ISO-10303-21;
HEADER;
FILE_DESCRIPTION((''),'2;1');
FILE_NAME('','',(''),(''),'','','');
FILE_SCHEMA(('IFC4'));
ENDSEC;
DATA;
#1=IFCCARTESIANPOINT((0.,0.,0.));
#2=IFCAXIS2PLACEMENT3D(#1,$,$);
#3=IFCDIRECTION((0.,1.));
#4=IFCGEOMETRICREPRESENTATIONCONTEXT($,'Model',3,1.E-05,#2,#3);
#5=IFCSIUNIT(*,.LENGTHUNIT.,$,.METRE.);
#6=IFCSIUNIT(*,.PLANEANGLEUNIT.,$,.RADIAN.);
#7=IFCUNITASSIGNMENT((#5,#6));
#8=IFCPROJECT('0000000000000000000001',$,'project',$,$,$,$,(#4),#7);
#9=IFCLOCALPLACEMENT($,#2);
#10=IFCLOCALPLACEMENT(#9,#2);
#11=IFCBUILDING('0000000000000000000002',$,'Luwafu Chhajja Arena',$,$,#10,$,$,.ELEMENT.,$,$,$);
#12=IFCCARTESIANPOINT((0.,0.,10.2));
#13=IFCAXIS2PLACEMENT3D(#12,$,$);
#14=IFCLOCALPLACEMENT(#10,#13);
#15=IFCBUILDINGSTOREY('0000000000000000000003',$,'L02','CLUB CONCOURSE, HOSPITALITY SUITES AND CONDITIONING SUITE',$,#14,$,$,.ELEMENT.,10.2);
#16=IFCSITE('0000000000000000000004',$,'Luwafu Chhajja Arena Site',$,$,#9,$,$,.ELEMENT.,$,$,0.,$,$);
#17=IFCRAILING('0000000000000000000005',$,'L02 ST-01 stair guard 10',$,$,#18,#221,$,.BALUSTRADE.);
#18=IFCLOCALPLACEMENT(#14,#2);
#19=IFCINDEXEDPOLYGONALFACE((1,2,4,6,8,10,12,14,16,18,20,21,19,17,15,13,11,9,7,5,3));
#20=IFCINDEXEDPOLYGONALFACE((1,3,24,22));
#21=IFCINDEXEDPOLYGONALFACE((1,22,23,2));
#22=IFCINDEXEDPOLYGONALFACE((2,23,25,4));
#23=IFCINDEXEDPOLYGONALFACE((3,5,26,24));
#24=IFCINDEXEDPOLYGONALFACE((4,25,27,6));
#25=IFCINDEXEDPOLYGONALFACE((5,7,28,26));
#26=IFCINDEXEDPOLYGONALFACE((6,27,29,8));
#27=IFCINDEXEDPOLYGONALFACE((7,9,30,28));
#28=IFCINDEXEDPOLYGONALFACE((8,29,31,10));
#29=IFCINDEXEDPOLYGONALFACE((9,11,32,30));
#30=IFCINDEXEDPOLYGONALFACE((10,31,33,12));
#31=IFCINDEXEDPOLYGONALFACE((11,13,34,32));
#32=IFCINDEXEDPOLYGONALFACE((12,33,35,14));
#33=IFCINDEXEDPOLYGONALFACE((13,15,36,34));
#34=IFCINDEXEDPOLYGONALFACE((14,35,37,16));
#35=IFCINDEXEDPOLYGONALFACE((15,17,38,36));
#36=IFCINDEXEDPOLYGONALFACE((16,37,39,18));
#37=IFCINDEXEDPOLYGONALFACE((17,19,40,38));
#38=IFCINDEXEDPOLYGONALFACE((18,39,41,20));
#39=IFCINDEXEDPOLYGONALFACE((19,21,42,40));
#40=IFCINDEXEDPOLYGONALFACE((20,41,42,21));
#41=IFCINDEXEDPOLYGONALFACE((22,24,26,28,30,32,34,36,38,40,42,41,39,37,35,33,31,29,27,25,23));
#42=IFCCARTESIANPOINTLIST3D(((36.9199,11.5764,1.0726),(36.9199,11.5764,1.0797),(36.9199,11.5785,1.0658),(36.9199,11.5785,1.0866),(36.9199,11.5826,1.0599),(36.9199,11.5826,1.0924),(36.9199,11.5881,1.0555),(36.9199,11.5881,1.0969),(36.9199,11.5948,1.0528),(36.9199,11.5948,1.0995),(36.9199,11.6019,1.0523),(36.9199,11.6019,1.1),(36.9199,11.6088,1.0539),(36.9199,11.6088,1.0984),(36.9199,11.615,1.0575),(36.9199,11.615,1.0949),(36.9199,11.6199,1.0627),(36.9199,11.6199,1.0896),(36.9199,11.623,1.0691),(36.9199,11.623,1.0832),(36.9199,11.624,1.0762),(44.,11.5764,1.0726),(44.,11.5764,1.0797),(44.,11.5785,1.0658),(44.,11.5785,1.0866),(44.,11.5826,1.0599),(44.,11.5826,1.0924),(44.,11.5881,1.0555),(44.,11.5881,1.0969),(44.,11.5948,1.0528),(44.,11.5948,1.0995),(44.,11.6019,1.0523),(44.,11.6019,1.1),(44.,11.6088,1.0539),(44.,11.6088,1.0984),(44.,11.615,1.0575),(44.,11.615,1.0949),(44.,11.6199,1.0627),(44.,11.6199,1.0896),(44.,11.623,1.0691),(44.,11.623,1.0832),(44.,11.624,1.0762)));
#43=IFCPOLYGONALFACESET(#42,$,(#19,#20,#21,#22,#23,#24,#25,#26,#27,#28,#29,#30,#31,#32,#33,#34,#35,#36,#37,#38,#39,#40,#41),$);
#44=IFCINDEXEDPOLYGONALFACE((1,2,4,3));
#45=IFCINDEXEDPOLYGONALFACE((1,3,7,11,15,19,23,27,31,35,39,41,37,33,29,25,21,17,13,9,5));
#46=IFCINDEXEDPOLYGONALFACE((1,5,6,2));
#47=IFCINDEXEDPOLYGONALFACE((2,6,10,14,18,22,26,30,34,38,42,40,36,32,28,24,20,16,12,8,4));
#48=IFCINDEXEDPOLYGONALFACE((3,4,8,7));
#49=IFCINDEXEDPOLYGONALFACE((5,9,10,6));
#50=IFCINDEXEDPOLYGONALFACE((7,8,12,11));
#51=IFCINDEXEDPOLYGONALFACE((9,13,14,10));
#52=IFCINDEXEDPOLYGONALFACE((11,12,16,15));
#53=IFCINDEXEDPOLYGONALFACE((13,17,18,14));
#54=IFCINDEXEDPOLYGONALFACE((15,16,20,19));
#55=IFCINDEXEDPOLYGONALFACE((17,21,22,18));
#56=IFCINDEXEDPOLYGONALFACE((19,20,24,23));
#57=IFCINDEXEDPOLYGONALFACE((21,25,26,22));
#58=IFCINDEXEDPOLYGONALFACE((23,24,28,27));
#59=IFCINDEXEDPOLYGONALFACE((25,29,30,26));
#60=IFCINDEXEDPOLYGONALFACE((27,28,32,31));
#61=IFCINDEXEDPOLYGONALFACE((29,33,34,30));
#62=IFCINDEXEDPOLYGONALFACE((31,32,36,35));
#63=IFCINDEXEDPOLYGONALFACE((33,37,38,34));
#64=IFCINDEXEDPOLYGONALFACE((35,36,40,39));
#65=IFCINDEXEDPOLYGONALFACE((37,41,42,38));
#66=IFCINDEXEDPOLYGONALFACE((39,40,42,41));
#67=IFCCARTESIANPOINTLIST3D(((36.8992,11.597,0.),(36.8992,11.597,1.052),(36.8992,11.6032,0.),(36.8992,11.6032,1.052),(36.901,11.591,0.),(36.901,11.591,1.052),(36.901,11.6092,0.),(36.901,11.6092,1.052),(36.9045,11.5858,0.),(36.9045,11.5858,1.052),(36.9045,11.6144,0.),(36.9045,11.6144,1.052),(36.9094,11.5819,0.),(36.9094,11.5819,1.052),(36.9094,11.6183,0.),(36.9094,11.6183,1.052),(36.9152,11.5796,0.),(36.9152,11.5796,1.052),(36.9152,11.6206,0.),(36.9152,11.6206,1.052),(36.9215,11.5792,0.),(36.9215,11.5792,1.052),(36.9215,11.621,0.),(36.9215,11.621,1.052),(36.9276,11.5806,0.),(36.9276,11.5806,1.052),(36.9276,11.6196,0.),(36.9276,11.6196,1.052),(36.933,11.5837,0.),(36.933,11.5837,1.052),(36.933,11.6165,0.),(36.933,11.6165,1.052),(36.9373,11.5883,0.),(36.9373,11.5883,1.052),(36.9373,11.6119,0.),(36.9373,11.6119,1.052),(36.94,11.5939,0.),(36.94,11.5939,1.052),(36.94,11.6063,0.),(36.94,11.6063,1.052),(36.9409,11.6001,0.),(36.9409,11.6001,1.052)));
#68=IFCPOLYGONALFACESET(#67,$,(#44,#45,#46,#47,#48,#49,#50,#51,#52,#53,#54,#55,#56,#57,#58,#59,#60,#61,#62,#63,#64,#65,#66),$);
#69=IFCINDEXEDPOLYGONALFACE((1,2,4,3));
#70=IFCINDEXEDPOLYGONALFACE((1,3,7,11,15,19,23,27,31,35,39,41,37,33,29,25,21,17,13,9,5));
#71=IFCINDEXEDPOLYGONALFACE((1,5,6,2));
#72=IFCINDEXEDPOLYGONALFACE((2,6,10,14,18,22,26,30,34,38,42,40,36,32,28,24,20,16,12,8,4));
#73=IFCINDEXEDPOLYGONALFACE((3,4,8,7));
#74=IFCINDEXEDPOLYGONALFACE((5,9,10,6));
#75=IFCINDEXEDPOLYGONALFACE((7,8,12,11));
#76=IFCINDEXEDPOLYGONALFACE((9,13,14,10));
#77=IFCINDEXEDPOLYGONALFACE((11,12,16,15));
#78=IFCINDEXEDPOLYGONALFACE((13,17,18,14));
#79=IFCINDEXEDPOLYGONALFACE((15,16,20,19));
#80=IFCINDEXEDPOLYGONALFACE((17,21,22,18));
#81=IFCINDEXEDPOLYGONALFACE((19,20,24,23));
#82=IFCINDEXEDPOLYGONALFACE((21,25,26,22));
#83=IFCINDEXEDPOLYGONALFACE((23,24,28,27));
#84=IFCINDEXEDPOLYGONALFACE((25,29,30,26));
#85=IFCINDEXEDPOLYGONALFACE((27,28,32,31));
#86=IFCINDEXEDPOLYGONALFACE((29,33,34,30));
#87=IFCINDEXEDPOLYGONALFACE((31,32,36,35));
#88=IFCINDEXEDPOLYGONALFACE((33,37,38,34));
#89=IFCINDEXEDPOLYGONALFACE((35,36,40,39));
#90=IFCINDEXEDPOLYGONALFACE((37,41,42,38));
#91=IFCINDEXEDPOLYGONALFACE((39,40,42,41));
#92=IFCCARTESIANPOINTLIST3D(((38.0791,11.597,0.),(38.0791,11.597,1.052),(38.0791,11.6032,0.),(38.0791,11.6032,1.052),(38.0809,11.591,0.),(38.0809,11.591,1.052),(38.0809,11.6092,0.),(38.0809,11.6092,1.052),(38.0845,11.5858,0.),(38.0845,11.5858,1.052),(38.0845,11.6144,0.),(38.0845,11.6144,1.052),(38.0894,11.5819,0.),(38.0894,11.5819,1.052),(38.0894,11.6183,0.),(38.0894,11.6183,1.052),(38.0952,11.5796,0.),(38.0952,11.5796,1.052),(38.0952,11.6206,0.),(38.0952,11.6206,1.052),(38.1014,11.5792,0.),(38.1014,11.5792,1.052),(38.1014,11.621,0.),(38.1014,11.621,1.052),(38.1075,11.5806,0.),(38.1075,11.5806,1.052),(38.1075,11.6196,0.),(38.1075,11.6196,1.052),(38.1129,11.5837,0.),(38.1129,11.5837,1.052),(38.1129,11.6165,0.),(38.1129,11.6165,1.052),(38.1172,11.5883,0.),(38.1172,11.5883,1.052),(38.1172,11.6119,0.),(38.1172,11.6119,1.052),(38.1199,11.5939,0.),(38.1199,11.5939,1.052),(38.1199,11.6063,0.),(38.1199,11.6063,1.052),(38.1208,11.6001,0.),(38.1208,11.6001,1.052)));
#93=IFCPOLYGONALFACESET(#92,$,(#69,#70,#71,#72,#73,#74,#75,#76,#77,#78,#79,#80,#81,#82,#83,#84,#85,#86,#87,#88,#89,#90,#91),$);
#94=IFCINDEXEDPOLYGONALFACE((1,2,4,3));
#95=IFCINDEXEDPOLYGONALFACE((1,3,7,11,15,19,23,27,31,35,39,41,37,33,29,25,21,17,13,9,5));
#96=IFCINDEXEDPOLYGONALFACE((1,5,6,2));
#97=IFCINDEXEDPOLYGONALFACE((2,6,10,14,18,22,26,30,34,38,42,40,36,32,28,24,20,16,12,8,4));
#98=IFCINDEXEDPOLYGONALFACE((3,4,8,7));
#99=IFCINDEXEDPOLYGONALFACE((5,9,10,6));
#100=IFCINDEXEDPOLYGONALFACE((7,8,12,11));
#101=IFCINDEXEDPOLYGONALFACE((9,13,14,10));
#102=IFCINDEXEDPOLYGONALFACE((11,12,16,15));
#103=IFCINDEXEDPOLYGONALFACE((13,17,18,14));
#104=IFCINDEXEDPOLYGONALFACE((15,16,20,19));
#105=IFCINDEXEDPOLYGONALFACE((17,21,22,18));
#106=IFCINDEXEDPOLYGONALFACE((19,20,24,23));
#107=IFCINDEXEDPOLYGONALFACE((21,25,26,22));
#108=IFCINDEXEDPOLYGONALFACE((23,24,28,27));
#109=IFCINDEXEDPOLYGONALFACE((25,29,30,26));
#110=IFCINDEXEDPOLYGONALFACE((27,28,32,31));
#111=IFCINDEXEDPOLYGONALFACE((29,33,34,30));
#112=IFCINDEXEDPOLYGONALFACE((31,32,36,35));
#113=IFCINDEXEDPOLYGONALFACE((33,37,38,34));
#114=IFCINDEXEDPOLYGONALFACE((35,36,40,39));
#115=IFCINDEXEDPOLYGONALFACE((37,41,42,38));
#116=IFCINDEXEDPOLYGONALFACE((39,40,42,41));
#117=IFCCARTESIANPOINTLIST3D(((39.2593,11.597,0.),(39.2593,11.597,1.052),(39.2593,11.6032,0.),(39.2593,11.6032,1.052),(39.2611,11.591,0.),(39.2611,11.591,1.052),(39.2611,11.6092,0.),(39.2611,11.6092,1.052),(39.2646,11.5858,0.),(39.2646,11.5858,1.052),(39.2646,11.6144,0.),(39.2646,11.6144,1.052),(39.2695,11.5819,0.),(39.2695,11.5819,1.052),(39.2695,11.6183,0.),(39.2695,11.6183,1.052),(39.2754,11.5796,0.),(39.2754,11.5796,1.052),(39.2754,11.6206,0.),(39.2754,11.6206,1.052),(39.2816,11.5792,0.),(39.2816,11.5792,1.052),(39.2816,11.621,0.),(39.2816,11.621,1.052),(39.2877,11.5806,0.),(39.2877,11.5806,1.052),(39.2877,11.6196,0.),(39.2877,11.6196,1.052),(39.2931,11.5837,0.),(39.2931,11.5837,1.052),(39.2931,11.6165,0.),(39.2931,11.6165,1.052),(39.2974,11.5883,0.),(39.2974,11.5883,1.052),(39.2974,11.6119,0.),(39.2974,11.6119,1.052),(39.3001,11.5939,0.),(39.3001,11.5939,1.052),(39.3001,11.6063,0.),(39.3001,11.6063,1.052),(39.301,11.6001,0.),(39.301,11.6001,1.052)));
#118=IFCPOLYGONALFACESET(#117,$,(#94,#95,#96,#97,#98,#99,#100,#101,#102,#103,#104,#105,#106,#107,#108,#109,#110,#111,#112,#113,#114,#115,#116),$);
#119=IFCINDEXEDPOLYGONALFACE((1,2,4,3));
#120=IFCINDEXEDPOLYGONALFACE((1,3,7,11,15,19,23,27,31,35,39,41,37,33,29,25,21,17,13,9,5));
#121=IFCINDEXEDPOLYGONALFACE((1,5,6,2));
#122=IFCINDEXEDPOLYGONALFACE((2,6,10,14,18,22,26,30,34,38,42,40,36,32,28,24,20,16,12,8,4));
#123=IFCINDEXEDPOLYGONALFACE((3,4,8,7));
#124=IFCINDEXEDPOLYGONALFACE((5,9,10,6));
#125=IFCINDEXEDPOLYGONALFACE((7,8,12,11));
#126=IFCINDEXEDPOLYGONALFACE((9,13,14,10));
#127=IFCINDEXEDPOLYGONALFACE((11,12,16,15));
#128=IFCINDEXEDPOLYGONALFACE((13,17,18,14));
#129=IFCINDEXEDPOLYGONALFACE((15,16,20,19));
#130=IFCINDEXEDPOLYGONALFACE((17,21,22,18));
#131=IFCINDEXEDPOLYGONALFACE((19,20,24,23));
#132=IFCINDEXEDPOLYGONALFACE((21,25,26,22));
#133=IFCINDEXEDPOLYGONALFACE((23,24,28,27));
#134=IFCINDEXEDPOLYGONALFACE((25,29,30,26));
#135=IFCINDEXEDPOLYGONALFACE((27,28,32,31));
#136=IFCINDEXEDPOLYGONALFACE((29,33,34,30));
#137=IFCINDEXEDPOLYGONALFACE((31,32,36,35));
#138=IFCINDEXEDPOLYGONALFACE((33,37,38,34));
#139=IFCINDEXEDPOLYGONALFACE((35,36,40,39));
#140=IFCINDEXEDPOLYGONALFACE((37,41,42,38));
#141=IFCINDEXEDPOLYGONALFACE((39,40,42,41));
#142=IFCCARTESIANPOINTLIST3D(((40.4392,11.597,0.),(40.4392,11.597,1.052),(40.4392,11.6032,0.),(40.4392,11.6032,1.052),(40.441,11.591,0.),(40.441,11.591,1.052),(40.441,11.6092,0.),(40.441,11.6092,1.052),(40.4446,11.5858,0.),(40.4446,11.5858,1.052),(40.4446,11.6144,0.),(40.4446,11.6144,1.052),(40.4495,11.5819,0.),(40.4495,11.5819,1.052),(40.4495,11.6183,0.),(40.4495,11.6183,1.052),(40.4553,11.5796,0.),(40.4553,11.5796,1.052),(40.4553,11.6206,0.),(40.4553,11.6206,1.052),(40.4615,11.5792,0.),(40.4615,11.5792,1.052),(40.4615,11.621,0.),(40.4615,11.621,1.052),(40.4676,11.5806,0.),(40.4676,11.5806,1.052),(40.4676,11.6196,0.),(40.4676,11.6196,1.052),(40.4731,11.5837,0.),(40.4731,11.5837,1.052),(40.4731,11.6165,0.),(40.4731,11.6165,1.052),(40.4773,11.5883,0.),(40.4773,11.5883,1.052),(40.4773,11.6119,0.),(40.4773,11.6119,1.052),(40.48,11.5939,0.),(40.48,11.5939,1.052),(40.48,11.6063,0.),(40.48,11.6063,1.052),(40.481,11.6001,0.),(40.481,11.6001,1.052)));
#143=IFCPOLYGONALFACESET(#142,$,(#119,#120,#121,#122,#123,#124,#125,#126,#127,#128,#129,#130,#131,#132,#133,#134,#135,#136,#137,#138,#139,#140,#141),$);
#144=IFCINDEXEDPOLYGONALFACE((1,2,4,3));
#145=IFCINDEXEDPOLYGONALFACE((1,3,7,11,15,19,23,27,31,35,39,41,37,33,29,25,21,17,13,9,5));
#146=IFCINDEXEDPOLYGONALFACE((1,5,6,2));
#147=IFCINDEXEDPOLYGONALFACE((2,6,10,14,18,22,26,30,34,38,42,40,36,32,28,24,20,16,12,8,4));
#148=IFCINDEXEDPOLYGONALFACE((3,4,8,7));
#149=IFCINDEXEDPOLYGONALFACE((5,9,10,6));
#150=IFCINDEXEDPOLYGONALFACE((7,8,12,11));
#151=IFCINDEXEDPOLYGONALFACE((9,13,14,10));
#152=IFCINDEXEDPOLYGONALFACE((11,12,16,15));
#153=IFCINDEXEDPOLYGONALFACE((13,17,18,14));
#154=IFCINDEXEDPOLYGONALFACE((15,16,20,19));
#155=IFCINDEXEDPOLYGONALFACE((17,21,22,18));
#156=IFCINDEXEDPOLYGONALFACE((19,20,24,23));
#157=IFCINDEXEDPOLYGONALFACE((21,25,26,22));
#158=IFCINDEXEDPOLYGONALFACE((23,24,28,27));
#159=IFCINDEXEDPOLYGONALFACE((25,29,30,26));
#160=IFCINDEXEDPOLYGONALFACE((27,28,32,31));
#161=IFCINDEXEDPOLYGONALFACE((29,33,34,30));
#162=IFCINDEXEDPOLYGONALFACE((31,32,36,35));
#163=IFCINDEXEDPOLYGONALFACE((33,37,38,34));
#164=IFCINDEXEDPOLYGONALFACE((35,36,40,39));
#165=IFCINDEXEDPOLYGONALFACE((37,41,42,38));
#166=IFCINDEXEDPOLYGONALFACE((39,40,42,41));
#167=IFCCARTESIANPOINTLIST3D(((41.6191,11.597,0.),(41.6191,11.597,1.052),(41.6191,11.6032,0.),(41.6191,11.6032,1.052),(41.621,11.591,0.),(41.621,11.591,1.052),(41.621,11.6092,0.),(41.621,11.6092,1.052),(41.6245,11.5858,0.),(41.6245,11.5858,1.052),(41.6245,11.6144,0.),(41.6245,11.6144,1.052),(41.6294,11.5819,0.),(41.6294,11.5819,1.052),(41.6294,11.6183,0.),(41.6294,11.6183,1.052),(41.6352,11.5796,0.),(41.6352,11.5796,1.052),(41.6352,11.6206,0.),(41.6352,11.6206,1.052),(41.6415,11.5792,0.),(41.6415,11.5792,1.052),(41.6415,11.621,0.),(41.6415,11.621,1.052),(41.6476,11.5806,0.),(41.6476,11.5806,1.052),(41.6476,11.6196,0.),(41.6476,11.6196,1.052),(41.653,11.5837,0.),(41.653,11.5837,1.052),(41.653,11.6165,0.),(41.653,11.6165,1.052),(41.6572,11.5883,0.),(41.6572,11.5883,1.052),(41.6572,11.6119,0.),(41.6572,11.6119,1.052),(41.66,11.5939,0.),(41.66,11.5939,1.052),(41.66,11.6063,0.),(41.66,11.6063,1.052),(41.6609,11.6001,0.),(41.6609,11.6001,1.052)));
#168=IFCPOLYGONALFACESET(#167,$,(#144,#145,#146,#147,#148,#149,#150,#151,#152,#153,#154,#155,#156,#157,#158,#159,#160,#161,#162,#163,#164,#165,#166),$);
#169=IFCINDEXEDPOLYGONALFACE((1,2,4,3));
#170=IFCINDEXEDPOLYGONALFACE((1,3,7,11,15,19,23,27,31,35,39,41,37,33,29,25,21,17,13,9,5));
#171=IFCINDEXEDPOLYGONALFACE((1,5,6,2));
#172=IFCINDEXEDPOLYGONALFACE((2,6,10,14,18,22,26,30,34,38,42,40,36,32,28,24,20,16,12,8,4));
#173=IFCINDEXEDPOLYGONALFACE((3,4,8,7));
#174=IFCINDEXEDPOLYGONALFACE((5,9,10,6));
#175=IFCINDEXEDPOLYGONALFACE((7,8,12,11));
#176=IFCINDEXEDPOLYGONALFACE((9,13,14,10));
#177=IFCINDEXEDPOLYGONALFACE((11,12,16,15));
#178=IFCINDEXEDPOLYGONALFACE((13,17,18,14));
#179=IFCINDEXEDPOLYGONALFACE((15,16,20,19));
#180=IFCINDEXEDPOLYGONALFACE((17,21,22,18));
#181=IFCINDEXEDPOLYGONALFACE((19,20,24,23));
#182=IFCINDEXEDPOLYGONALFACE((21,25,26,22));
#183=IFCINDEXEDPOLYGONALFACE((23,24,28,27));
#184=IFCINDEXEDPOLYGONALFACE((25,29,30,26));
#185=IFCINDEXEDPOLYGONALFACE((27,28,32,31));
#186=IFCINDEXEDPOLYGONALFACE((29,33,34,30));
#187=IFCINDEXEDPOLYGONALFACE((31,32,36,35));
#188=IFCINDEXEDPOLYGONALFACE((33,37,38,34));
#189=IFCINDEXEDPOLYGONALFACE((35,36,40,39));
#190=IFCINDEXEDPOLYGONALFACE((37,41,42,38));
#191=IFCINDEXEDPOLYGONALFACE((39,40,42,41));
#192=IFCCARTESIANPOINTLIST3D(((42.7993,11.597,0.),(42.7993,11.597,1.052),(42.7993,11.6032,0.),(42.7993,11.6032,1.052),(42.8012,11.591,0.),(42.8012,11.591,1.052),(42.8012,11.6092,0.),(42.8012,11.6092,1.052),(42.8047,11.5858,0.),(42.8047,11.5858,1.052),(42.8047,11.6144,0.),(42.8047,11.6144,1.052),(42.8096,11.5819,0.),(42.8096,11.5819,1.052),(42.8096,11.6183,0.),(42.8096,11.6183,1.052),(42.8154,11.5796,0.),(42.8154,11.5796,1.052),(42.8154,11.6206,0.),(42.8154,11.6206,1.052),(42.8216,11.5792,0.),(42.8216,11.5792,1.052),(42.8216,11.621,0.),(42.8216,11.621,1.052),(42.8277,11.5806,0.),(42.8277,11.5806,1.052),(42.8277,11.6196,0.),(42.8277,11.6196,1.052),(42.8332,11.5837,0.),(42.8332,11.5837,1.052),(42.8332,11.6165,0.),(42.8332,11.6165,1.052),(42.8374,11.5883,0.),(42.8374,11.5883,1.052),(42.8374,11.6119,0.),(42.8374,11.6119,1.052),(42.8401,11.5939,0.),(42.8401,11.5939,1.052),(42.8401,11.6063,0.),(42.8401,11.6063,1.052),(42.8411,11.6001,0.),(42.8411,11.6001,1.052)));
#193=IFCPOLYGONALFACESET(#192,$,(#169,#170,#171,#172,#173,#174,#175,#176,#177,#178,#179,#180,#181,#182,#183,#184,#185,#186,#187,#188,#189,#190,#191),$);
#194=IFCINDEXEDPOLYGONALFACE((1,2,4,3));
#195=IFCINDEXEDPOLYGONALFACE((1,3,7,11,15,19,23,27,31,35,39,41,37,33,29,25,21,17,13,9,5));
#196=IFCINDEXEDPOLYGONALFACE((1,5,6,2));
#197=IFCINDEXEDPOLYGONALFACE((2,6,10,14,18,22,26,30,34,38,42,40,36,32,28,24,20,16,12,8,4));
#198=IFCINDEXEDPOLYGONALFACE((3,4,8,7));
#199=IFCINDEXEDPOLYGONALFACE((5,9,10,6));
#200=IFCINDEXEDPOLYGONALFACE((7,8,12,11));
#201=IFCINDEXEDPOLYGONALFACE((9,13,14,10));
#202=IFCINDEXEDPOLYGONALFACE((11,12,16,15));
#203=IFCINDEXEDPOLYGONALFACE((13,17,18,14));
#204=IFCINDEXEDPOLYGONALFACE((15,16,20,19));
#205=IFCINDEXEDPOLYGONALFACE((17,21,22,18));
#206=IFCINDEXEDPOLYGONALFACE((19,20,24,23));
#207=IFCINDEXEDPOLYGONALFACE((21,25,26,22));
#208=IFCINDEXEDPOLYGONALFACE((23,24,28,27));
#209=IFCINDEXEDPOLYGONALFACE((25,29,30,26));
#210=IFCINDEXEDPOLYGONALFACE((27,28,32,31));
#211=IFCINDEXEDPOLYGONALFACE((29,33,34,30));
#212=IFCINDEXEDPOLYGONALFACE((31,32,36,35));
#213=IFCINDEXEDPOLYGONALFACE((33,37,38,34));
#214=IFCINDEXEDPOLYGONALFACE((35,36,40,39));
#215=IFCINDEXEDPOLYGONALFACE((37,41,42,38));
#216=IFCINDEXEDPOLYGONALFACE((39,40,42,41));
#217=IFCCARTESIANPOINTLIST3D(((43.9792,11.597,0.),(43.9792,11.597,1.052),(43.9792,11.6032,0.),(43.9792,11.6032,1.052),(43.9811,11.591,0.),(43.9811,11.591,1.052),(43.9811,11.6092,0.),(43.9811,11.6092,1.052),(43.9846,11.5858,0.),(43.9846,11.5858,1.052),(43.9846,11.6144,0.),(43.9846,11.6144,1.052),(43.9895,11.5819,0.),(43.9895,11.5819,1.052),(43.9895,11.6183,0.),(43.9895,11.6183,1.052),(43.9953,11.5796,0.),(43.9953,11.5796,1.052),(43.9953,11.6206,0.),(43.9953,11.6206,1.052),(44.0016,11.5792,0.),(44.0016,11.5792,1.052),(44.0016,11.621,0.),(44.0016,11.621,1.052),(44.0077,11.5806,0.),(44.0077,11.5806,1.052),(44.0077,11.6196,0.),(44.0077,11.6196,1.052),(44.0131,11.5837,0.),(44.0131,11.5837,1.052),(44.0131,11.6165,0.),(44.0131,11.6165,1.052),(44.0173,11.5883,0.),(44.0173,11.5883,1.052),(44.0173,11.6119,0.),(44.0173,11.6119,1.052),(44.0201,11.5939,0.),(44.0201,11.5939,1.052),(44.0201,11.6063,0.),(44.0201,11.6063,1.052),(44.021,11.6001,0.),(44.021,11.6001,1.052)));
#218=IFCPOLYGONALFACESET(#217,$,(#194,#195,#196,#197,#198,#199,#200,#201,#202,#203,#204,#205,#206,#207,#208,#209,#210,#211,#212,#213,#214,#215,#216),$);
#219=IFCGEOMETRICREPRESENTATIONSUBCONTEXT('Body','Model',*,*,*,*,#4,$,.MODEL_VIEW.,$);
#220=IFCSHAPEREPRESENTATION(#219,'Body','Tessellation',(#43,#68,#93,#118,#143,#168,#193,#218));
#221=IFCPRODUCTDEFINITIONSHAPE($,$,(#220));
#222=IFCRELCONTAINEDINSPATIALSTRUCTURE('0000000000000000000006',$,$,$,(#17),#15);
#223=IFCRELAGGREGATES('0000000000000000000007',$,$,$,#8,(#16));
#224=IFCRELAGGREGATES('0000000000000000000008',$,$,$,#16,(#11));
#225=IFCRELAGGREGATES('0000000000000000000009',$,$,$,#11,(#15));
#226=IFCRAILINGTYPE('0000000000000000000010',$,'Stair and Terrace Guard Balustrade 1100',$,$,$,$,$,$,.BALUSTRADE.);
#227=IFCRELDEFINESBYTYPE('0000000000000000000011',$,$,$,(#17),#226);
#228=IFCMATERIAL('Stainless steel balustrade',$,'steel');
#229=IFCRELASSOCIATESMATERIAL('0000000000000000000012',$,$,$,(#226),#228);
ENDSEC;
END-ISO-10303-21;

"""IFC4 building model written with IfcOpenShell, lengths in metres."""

from ifc_helpers import new_model, si_unit, direction, frame, origin, origin_2d, place, context, subcontext, project, spatial, circle, extrude, material, type_object, element, save


model = new_model("IFC4")

# Units and contexts
model_context = context("Model", 3, precision=1e-05, world=origin(), true_north=direction((0.0, 1.0)))
body_context = subcontext(model_context, "Body", "Model", "MODEL_VIEW")
ifc_project = project(units=[si_unit("LENGTHUNIT", "METRE"), si_unit("PLANEANGLEUNIT", "RADIAN")], contexts=[model_context])

# Site, building, storey
site_placement = place(None, origin())
site = spatial("IfcSite", under=ifc_project, at=site_placement, Name="Luwafu Chhajja Arena Site", CompositionType="ELEMENT", RefElevation=0.0)
building_placement = place(site_placement, origin())
building = spatial("IfcBuilding", under=site, at=building_placement, Name="Luwafu Chhajja Arena", CompositionType="ELEMENT")
storey_placement = place(building_placement, frame((0.0, 0.0, 10.2)))
storey = spatial("IfcBuildingStorey", under=building, at=storey_placement, Name="L02", Description="CLUB CONCOURSE, HOSPITALITY SUITES AND CONDITIONING SUITE", CompositionType="ELEMENT", Elevation=10.2)

# Railing
ifc_material_1 = material(Name="Stainless steel balustrade", Category="steel")
railing_type = type_object("IfcRailingType", Name="Stair and Terrace Guard Balustrade 1100", PredefinedType="BALUSTRADE", material=ifc_material_1)
railing_1_placement = place(storey_placement, frame((36.9199, 11.6001, 0.0)))
element("IfcRailing", 1, at=railing_1_placement, inside=storey, type_object=railing_type, Name="L02 ST-01 stair guard 10", PredefinedType="BALUSTRADE", context=body_context, shape_type="SweptSolid", body=[
    extrude(circle(Radius=0.0239, at=origin_2d()), frame((0.0, 0.0, 1.0762), z_axis=(1.0, 0.0, 0.0), x_axis=(0.0, 1.0, 0.0)), (0.0, 0.0, 1.0), 7.0801),
    extrude(circle(Radius=0.021, at=origin_2d()), origin(), (0.0, 0.0, 1.0), 1.052),
    extrude(circle(Radius=0.021, at=origin_2d()), frame((1.1799, 0.0, 0.0)), (0.0, 0.0, 1.0), 1.052),
    extrude(circle(Radius=0.021, at=origin_2d()), frame((2.3601, 0.0, 0.0)), (0.0, 0.0, 1.0), 1.052),
    extrude(circle(Radius=0.021, at=origin_2d()), frame((3.54, 0.0, 0.0)), (0.0, 0.0, 1.0), 1.052),
    extrude(circle(Radius=0.021, at=origin_2d()), frame((4.72, 0.0, 0.0)), (0.0, 0.0, 1.0), 1.052),
    extrude(circle(Radius=0.021, at=origin_2d()), frame((5.9001, 0.0, 0.0)), (0.0, 0.0, 1.0), 1.052),
    extrude(circle(Radius=0.021, at=origin_2d()), frame((7.0801, 0.0, 0.0)), (0.0, 0.0, 1.0), 1.052),
])

save(model, "model.ifc")
